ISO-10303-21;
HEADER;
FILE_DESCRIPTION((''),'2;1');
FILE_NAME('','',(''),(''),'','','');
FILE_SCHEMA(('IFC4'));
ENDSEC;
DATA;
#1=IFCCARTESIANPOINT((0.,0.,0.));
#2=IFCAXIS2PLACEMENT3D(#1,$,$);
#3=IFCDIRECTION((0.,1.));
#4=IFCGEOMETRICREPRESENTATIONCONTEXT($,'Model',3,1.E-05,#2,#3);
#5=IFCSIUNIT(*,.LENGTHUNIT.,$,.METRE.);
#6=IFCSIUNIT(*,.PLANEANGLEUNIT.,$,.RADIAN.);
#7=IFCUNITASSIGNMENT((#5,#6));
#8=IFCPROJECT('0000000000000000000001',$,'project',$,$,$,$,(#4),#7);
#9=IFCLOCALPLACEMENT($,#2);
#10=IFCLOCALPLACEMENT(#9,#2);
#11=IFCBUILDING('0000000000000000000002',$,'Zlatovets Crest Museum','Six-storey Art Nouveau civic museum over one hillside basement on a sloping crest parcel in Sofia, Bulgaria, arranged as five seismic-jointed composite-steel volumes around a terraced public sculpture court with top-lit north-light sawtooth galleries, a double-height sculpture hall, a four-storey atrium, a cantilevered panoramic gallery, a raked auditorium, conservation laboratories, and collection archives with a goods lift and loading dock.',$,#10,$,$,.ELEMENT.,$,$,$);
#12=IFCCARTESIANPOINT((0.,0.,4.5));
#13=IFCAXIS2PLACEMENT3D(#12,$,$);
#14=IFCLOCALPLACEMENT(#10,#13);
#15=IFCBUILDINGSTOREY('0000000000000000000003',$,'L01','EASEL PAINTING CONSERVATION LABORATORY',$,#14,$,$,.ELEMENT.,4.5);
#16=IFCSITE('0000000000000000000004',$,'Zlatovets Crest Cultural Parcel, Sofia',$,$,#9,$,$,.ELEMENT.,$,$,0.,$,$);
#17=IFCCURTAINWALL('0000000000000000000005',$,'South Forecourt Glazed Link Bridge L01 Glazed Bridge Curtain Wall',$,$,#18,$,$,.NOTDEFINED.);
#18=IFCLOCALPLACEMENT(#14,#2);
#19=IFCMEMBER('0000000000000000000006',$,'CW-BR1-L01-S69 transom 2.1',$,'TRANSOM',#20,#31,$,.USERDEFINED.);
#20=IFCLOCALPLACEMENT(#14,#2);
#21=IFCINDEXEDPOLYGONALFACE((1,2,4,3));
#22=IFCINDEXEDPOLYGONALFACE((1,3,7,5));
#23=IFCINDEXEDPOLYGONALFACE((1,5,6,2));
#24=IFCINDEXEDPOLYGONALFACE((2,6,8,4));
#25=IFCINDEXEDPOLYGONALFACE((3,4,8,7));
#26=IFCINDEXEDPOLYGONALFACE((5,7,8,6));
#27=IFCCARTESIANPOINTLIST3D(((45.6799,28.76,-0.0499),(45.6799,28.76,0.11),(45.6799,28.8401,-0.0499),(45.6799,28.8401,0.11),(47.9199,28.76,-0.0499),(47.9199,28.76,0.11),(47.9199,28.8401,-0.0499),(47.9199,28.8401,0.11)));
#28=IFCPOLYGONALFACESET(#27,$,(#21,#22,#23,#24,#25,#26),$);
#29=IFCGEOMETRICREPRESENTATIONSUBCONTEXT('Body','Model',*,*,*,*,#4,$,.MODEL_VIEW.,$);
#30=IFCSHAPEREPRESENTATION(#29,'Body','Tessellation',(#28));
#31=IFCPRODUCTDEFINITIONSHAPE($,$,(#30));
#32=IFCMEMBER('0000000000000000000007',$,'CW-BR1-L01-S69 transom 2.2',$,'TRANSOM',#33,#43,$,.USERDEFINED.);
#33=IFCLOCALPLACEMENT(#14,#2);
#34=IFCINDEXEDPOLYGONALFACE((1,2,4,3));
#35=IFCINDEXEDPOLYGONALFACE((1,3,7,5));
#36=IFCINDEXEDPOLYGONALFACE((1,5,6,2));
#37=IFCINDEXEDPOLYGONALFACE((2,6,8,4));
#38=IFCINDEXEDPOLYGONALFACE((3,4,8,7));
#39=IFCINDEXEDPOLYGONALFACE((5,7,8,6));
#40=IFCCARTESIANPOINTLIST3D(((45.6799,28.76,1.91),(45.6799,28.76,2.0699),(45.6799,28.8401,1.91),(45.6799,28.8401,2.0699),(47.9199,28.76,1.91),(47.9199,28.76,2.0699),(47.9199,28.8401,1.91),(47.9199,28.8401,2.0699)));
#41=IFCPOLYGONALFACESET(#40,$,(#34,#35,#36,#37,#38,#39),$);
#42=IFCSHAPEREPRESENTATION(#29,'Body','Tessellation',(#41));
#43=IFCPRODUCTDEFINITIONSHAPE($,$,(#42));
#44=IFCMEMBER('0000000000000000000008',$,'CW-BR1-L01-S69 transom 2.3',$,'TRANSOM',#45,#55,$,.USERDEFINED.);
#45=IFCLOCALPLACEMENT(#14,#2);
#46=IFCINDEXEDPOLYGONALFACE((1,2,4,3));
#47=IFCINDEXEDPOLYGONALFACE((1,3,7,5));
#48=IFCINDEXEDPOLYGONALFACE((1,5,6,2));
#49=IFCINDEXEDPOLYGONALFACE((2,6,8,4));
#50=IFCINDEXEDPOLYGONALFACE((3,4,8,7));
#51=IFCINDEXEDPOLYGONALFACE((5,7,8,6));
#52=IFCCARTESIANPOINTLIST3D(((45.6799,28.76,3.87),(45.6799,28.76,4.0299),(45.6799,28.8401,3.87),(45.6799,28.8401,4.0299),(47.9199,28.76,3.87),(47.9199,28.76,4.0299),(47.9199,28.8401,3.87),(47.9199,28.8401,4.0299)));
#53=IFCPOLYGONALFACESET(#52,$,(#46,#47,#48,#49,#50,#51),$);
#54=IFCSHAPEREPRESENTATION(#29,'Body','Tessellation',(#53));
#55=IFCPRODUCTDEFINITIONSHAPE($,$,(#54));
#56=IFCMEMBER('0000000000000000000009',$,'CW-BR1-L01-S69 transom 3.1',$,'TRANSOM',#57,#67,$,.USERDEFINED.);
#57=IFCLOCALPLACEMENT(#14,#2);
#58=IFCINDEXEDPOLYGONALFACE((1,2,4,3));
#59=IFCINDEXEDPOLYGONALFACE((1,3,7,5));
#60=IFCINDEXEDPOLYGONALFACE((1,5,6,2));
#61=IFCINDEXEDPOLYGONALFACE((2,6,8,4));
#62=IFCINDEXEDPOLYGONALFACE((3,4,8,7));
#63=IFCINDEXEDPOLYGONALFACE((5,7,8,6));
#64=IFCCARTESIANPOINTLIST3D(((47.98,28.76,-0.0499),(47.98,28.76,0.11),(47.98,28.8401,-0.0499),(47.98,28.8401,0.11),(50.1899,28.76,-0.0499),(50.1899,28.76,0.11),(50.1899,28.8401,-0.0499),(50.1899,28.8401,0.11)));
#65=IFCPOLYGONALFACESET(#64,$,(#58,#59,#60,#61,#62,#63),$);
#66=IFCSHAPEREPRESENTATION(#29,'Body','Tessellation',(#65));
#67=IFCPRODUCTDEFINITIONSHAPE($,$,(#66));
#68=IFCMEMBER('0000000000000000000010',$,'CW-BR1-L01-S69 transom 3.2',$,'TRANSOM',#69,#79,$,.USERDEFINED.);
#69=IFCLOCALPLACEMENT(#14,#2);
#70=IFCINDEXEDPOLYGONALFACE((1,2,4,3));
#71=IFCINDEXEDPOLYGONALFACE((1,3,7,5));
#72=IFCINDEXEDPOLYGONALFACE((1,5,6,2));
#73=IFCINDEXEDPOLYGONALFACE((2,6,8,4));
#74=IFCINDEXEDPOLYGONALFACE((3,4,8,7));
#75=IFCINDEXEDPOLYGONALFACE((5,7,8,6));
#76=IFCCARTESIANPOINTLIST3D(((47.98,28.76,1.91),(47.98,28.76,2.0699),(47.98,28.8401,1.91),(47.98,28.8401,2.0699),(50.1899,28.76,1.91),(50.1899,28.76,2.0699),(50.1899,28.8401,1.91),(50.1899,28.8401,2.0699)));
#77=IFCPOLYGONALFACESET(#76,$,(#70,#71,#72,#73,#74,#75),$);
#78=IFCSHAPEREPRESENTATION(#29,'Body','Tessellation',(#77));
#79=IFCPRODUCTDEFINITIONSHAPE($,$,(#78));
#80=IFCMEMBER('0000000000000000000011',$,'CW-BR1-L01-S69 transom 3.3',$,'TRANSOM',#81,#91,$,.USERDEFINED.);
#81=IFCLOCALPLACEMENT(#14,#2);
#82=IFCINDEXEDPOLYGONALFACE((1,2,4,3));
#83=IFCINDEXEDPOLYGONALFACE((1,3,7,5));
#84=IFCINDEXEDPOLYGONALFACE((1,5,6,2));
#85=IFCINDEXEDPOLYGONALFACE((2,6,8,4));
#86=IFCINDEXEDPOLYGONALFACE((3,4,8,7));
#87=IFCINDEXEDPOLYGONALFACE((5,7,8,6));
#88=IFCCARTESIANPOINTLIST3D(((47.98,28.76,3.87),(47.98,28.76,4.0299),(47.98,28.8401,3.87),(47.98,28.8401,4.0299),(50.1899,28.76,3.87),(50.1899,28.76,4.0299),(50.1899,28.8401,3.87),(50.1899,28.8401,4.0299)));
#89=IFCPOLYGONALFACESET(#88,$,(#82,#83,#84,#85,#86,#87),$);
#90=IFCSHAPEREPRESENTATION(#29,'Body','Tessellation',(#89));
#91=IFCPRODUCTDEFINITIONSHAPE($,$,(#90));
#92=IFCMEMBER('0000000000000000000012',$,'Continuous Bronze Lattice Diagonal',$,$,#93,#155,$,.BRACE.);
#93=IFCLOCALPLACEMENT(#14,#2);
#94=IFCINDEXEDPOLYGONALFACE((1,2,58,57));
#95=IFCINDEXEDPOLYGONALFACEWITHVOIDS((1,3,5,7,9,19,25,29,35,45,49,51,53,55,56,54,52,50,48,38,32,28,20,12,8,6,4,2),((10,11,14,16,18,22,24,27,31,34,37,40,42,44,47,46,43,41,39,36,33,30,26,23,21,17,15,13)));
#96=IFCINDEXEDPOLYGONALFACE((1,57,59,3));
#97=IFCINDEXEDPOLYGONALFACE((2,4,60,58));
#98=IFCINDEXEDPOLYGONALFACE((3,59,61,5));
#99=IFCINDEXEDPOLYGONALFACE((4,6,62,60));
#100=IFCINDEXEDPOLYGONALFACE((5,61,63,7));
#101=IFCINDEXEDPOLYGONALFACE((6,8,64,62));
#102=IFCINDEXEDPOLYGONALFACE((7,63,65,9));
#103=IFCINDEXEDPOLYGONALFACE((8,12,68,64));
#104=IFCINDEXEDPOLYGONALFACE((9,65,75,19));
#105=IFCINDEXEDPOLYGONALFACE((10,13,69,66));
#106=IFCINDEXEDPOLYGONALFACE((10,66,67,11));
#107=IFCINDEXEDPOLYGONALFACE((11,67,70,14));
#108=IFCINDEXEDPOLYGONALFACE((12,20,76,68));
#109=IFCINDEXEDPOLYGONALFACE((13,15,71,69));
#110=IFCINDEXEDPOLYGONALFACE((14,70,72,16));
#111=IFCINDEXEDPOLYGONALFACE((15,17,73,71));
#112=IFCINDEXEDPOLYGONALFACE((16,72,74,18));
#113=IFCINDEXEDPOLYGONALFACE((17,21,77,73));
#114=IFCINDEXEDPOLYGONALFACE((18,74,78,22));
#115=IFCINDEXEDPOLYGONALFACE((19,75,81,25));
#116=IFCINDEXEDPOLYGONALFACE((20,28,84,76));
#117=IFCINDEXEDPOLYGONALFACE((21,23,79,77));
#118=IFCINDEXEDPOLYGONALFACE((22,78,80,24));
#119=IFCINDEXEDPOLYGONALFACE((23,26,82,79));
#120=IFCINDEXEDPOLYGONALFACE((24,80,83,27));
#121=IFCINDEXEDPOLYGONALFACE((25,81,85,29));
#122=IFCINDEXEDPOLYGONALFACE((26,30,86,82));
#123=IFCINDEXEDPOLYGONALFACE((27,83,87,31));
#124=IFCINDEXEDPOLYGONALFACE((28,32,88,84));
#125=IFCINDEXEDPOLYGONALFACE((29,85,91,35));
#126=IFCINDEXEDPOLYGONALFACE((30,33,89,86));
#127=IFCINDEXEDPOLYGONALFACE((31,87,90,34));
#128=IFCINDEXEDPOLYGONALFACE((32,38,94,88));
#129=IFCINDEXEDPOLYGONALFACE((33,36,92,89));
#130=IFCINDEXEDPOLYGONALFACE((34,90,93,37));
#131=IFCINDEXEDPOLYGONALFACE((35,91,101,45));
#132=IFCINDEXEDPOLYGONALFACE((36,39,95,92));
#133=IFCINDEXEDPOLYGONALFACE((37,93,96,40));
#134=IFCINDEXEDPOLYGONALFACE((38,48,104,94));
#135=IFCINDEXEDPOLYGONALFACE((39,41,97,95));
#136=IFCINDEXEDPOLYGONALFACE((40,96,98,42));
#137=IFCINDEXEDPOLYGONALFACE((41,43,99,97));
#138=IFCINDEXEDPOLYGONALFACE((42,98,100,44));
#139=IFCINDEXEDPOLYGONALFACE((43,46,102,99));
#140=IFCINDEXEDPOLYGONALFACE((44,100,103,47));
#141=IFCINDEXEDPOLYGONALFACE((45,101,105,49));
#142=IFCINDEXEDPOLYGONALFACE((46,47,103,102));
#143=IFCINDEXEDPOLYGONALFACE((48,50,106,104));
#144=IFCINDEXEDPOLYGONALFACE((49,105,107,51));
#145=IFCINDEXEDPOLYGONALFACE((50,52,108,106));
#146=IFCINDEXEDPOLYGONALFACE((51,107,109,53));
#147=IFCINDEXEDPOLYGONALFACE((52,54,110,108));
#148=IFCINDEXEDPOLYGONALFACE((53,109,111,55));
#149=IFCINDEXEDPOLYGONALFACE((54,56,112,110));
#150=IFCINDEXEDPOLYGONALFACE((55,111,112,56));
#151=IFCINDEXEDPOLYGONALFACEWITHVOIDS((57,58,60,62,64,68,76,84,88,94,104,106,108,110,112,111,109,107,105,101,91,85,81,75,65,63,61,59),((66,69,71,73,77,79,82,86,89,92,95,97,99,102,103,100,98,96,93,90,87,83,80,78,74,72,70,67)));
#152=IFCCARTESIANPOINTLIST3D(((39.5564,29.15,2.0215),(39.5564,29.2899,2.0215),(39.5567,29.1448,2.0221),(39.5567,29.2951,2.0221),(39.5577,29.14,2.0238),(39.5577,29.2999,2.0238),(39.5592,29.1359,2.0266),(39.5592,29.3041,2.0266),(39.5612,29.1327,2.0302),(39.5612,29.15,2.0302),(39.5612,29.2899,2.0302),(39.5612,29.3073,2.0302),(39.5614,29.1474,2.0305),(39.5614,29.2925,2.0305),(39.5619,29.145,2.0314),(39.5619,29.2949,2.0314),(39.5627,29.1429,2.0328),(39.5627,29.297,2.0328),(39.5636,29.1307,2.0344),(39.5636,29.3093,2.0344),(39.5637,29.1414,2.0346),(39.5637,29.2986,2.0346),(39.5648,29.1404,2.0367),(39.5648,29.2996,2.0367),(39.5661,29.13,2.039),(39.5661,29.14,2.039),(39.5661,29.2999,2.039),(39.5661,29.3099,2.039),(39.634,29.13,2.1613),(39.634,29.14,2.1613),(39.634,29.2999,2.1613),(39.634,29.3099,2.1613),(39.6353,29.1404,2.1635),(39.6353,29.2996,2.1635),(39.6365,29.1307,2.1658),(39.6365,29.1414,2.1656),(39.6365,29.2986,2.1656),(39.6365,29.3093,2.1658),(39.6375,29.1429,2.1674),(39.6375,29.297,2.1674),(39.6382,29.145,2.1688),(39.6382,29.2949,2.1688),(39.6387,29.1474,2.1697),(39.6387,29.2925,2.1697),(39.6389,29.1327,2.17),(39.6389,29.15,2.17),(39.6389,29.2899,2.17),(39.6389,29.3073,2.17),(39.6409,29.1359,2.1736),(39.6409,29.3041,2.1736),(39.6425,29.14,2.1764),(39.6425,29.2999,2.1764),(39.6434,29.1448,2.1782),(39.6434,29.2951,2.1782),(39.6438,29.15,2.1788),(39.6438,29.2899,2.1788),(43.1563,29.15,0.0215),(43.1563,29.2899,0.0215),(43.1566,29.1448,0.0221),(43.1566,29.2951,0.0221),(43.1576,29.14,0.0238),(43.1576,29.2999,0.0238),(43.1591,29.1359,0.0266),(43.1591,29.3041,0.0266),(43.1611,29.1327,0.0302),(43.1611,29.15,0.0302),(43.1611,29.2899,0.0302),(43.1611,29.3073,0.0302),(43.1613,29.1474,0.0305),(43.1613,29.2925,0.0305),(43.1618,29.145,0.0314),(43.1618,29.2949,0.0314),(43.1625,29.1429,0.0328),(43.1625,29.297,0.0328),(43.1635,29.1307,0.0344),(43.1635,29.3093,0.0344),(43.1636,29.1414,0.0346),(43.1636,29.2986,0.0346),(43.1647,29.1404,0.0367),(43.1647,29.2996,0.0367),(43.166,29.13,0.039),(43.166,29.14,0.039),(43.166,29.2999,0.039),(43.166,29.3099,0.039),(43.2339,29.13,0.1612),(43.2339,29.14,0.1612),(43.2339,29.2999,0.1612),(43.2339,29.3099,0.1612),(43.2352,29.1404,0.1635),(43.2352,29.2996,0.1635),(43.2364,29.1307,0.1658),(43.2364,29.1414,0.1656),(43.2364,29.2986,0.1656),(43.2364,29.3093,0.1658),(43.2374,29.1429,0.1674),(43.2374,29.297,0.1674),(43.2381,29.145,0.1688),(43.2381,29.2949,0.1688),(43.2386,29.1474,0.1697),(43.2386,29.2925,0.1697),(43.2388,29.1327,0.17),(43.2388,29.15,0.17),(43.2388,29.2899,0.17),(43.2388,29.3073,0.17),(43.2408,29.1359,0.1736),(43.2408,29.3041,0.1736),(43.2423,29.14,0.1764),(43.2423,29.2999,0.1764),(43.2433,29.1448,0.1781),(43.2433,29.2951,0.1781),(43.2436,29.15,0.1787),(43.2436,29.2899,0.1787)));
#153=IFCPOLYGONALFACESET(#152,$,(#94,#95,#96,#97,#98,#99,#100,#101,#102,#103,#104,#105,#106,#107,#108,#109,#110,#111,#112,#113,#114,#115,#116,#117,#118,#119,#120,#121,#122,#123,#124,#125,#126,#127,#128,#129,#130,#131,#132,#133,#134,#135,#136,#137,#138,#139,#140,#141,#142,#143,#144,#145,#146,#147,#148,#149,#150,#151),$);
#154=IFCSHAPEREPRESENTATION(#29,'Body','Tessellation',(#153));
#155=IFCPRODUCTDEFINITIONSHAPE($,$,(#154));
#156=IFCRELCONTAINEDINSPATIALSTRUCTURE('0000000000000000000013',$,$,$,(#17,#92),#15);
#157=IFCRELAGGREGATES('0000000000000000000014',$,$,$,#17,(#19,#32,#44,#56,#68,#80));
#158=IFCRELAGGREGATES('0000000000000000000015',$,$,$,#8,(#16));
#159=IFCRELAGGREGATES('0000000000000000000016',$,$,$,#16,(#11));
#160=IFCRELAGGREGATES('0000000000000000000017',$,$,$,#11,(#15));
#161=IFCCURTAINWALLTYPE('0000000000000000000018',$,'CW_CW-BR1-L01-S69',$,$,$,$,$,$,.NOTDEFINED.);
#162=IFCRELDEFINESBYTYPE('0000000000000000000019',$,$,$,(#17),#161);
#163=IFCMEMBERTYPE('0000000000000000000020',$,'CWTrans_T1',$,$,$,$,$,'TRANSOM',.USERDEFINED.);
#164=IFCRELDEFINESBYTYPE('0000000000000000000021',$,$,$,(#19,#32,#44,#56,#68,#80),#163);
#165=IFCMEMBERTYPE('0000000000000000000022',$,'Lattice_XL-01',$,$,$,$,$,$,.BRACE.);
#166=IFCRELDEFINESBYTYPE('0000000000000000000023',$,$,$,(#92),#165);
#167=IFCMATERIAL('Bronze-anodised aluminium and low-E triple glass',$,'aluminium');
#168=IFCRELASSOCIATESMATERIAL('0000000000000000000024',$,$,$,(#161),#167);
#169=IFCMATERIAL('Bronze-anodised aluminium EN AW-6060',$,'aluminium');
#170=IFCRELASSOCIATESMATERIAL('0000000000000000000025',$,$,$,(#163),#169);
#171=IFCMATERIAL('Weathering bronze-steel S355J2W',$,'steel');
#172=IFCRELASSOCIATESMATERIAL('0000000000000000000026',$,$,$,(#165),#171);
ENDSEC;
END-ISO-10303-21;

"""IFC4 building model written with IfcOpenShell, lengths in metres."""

from ifc_helpers import new_model, si_unit, direction, frame, origin, origin_2d, place, context, subcontext, project, spatial, rectangle, hollow_rectangle, extrude, material, material_profile, profile_set, type_object, element, aggregate, save


model = new_model("IFC4")

# Units and contexts
model_context = context("Model", 3, precision=1e-05, world=origin(), true_north=direction((0.0, 1.0)))
body_context = subcontext(model_context, "Body", "Model", "MODEL_VIEW")
ifc_project = project(units=[si_unit("LENGTHUNIT", "METRE"), si_unit("PLANEANGLEUNIT", "RADIAN")], contexts=[model_context])

# Site, building, storey
site_placement = place(None, origin())
site = spatial("IfcSite", under=ifc_project, at=site_placement, Name="Zlatovets Crest Cultural Parcel, Sofia", CompositionType="ELEMENT", RefElevation=0.0)
building_placement = place(site_placement, origin())
building = spatial("IfcBuilding", under=site, at=building_placement, Name="Zlatovets Crest Museum", Description="Six-storey Art Nouveau civic museum over one hillside basement on a sloping crest parcel in Sofia, Bulgaria, arranged as five seismic-jointed composite-steel volumes around a terraced public sculpture court with top-lit north-light sawtooth galleries, a double-height sculpture hall, a four-storey atrium, a cantilevered panoramic gallery, a raked auditorium, conservation laboratories, and collection archives with a goods lift and loading dock.", CompositionType="ELEMENT")
storey_placement = place(building_placement, frame((0.0, 0.0, 4.5)))
storey = spatial("IfcBuildingStorey", under=building, at=storey_placement, Name="L01", Description="EASEL PAINTING CONSERVATION LABORATORY", CompositionType="ELEMENT", Elevation=4.5)

# Shared definitions
ifc_material_1 = material(Name="Bronze-anodised aluminium and low-E triple glass", Category="aluminium")
curtain_wall_type = type_object("IfcCurtainWallType", Name="CW_CW-BR1-L01-S69", PredefinedType="NOTDEFINED", material=ifc_material_1)
ifc_material_2 = material(Name="Bronze-anodised aluminium EN AW-6060", Category="aluminium")

# Curtain wall
curtain_wall_1_placement = place(storey_placement, origin())
curtain_wall_1 = element("IfcCurtainWall", 1, at=curtain_wall_1_placement, inside=storey, type_object=curtain_wall_type, Name="South Forecourt Glazed Link Bridge L01 Glazed Bridge Curtain Wall", PredefinedType="NOTDEFINED")

# Members
ifc_material_profile_1 = material_profile(ifc_material_2, rectangle(XDim=0.0801, YDim=0.1599, at=origin_2d()), Name="ALU 80x160")
ifc_profile_set_1 = profile_set([ifc_material_profile_1], Name="Bronze-anodised aluminium EN AW-6060")
member_type_1 = type_object("IfcMemberType", Name="CWTrans_T1", ElementType="TRANSOM", PredefinedType="USERDEFINED", material=ifc_profile_set_1)
member_1_placement = place(storey_placement, frame((45.6799, 28.8, 0.03), z_axis=(1.0, 0.0, 0.0), x_axis=(0.0, 1.0, 0.0)))
member_1 = element("IfcMember", 2, at=member_1_placement, type_object=member_type_1, Name="CW-BR1-L01-S69 transom 2.1", ObjectType="TRANSOM", PredefinedType="USERDEFINED", context=body_context, shape_type="SweptSolid", body=[
    extrude(rectangle(XDim=0.0801, YDim=0.1599, at=origin_2d()), origin(), (0.0, 0.0, 1.0), 2.24),
])
member_2_placement = place(storey_placement, frame((45.6799, 28.8, 1.99), z_axis=(1.0, 0.0, 0.0), x_axis=(0.0, 1.0, 0.0)))
member_2 = element("IfcMember", 3, at=member_2_placement, type_object=member_type_1, Name="CW-BR1-L01-S69 transom 2.2", ObjectType="TRANSOM", PredefinedType="USERDEFINED", context=body_context, shape_type="SweptSolid", body=[
    extrude(rectangle(XDim=0.0801, YDim=0.1599, at=origin_2d()), origin(), (0.0, 0.0, 1.0), 2.24),
])
member_3_placement = place(storey_placement, frame((45.6799, 28.8, 3.95), z_axis=(1.0, 0.0, 0.0), x_axis=(0.0, 1.0, 0.0)))
member_3 = element("IfcMember", 4, at=member_3_placement, type_object=member_type_1, Name="CW-BR1-L01-S69 transom 2.3", ObjectType="TRANSOM", PredefinedType="USERDEFINED", context=body_context, shape_type="SweptSolid", body=[
    extrude(rectangle(XDim=0.0801, YDim=0.1599, at=origin_2d()), origin(), (0.0, 0.0, 1.0), 2.24),
])
member_4_placement = place(storey_placement, frame((47.98, 28.8, 0.03), z_axis=(1.0, 0.0, 0.0), x_axis=(0.0, 1.0, 0.0)))
member_4 = element("IfcMember", 5, at=member_4_placement, type_object=member_type_1, Name="CW-BR1-L01-S69 transom 3.1", ObjectType="TRANSOM", PredefinedType="USERDEFINED", context=body_context, shape_type="SweptSolid", body=[
    extrude(rectangle(XDim=0.0801, YDim=0.1599, at=origin_2d()), origin(), (0.0, 0.0, 1.0), 2.21),
])
member_5_placement = place(storey_placement, frame((47.98, 28.8, 1.99), z_axis=(1.0, 0.0, 0.0), x_axis=(0.0, 1.0, 0.0)))
member_5 = element("IfcMember", 6, at=member_5_placement, type_object=member_type_1, Name="CW-BR1-L01-S69 transom 3.2", ObjectType="TRANSOM", PredefinedType="USERDEFINED", context=body_context, shape_type="SweptSolid", body=[
    extrude(rectangle(XDim=0.0801, YDim=0.1599, at=origin_2d()), origin(), (0.0, 0.0, 1.0), 2.21),
])
member_6_placement = place(storey_placement, frame((47.98, 28.8, 3.95), z_axis=(1.0, 0.0, 0.0), x_axis=(0.0, 1.0, 0.0)))
member_6 = element("IfcMember", 7, at=member_6_placement, type_object=member_type_1, Name="CW-BR1-L01-S69 transom 3.3", ObjectType="TRANSOM", PredefinedType="USERDEFINED", context=body_context, shape_type="SweptSolid", body=[
    extrude(rectangle(XDim=0.0801, YDim=0.1599, at=origin_2d()), origin(), (0.0, 0.0, 1.0), 2.21),
])

# Member
ifc_material_3 = material(Name="Weathering bronze-steel S355J2W", Category="steel")
ifc_material_profile_2 = material_profile(ifc_material_3, hollow_rectangle(XDim=0.1799, YDim=0.1799, WallThickness=0.01, InnerFilletRadius=0.01, OuterFilletRadius=0.02, at=origin_2d()), Name="SHS 180x180x10.0")
ifc_profile_set_2 = profile_set([ifc_material_profile_2], Name="Weathering bronze-steel S355J2W")
member_type_2 = type_object("IfcMemberType", Name="Lattice_XL-01", PredefinedType="BRACE", material=ifc_profile_set_2)
member_7_placement = place(storey_placement, frame((43.2, 29.22, 0.1001), z_axis=(-0.874149, 0.0, 0.485658), x_axis=(0.0, -1.0, 0.0)))
element("IfcMember", 8, at=member_7_placement, inside=storey, type_object=member_type_2, Name="Continuous Bronze Lattice Diagonal", PredefinedType="BRACE", context=body_context, shape_type="SweptSolid", body=[
    extrude(hollow_rectangle(XDim=0.1799, YDim=0.1799, WallThickness=0.01, InnerFilletRadius=0.01, OuterFilletRadius=0.02, at=origin_2d()), origin(), (0.0, 0.0, 1.0), 4.1182),
])

aggregate(curtain_wall_1, [member_1, member_2, member_3, member_4, member_5, member_6])

save(model, "model.ifc")
